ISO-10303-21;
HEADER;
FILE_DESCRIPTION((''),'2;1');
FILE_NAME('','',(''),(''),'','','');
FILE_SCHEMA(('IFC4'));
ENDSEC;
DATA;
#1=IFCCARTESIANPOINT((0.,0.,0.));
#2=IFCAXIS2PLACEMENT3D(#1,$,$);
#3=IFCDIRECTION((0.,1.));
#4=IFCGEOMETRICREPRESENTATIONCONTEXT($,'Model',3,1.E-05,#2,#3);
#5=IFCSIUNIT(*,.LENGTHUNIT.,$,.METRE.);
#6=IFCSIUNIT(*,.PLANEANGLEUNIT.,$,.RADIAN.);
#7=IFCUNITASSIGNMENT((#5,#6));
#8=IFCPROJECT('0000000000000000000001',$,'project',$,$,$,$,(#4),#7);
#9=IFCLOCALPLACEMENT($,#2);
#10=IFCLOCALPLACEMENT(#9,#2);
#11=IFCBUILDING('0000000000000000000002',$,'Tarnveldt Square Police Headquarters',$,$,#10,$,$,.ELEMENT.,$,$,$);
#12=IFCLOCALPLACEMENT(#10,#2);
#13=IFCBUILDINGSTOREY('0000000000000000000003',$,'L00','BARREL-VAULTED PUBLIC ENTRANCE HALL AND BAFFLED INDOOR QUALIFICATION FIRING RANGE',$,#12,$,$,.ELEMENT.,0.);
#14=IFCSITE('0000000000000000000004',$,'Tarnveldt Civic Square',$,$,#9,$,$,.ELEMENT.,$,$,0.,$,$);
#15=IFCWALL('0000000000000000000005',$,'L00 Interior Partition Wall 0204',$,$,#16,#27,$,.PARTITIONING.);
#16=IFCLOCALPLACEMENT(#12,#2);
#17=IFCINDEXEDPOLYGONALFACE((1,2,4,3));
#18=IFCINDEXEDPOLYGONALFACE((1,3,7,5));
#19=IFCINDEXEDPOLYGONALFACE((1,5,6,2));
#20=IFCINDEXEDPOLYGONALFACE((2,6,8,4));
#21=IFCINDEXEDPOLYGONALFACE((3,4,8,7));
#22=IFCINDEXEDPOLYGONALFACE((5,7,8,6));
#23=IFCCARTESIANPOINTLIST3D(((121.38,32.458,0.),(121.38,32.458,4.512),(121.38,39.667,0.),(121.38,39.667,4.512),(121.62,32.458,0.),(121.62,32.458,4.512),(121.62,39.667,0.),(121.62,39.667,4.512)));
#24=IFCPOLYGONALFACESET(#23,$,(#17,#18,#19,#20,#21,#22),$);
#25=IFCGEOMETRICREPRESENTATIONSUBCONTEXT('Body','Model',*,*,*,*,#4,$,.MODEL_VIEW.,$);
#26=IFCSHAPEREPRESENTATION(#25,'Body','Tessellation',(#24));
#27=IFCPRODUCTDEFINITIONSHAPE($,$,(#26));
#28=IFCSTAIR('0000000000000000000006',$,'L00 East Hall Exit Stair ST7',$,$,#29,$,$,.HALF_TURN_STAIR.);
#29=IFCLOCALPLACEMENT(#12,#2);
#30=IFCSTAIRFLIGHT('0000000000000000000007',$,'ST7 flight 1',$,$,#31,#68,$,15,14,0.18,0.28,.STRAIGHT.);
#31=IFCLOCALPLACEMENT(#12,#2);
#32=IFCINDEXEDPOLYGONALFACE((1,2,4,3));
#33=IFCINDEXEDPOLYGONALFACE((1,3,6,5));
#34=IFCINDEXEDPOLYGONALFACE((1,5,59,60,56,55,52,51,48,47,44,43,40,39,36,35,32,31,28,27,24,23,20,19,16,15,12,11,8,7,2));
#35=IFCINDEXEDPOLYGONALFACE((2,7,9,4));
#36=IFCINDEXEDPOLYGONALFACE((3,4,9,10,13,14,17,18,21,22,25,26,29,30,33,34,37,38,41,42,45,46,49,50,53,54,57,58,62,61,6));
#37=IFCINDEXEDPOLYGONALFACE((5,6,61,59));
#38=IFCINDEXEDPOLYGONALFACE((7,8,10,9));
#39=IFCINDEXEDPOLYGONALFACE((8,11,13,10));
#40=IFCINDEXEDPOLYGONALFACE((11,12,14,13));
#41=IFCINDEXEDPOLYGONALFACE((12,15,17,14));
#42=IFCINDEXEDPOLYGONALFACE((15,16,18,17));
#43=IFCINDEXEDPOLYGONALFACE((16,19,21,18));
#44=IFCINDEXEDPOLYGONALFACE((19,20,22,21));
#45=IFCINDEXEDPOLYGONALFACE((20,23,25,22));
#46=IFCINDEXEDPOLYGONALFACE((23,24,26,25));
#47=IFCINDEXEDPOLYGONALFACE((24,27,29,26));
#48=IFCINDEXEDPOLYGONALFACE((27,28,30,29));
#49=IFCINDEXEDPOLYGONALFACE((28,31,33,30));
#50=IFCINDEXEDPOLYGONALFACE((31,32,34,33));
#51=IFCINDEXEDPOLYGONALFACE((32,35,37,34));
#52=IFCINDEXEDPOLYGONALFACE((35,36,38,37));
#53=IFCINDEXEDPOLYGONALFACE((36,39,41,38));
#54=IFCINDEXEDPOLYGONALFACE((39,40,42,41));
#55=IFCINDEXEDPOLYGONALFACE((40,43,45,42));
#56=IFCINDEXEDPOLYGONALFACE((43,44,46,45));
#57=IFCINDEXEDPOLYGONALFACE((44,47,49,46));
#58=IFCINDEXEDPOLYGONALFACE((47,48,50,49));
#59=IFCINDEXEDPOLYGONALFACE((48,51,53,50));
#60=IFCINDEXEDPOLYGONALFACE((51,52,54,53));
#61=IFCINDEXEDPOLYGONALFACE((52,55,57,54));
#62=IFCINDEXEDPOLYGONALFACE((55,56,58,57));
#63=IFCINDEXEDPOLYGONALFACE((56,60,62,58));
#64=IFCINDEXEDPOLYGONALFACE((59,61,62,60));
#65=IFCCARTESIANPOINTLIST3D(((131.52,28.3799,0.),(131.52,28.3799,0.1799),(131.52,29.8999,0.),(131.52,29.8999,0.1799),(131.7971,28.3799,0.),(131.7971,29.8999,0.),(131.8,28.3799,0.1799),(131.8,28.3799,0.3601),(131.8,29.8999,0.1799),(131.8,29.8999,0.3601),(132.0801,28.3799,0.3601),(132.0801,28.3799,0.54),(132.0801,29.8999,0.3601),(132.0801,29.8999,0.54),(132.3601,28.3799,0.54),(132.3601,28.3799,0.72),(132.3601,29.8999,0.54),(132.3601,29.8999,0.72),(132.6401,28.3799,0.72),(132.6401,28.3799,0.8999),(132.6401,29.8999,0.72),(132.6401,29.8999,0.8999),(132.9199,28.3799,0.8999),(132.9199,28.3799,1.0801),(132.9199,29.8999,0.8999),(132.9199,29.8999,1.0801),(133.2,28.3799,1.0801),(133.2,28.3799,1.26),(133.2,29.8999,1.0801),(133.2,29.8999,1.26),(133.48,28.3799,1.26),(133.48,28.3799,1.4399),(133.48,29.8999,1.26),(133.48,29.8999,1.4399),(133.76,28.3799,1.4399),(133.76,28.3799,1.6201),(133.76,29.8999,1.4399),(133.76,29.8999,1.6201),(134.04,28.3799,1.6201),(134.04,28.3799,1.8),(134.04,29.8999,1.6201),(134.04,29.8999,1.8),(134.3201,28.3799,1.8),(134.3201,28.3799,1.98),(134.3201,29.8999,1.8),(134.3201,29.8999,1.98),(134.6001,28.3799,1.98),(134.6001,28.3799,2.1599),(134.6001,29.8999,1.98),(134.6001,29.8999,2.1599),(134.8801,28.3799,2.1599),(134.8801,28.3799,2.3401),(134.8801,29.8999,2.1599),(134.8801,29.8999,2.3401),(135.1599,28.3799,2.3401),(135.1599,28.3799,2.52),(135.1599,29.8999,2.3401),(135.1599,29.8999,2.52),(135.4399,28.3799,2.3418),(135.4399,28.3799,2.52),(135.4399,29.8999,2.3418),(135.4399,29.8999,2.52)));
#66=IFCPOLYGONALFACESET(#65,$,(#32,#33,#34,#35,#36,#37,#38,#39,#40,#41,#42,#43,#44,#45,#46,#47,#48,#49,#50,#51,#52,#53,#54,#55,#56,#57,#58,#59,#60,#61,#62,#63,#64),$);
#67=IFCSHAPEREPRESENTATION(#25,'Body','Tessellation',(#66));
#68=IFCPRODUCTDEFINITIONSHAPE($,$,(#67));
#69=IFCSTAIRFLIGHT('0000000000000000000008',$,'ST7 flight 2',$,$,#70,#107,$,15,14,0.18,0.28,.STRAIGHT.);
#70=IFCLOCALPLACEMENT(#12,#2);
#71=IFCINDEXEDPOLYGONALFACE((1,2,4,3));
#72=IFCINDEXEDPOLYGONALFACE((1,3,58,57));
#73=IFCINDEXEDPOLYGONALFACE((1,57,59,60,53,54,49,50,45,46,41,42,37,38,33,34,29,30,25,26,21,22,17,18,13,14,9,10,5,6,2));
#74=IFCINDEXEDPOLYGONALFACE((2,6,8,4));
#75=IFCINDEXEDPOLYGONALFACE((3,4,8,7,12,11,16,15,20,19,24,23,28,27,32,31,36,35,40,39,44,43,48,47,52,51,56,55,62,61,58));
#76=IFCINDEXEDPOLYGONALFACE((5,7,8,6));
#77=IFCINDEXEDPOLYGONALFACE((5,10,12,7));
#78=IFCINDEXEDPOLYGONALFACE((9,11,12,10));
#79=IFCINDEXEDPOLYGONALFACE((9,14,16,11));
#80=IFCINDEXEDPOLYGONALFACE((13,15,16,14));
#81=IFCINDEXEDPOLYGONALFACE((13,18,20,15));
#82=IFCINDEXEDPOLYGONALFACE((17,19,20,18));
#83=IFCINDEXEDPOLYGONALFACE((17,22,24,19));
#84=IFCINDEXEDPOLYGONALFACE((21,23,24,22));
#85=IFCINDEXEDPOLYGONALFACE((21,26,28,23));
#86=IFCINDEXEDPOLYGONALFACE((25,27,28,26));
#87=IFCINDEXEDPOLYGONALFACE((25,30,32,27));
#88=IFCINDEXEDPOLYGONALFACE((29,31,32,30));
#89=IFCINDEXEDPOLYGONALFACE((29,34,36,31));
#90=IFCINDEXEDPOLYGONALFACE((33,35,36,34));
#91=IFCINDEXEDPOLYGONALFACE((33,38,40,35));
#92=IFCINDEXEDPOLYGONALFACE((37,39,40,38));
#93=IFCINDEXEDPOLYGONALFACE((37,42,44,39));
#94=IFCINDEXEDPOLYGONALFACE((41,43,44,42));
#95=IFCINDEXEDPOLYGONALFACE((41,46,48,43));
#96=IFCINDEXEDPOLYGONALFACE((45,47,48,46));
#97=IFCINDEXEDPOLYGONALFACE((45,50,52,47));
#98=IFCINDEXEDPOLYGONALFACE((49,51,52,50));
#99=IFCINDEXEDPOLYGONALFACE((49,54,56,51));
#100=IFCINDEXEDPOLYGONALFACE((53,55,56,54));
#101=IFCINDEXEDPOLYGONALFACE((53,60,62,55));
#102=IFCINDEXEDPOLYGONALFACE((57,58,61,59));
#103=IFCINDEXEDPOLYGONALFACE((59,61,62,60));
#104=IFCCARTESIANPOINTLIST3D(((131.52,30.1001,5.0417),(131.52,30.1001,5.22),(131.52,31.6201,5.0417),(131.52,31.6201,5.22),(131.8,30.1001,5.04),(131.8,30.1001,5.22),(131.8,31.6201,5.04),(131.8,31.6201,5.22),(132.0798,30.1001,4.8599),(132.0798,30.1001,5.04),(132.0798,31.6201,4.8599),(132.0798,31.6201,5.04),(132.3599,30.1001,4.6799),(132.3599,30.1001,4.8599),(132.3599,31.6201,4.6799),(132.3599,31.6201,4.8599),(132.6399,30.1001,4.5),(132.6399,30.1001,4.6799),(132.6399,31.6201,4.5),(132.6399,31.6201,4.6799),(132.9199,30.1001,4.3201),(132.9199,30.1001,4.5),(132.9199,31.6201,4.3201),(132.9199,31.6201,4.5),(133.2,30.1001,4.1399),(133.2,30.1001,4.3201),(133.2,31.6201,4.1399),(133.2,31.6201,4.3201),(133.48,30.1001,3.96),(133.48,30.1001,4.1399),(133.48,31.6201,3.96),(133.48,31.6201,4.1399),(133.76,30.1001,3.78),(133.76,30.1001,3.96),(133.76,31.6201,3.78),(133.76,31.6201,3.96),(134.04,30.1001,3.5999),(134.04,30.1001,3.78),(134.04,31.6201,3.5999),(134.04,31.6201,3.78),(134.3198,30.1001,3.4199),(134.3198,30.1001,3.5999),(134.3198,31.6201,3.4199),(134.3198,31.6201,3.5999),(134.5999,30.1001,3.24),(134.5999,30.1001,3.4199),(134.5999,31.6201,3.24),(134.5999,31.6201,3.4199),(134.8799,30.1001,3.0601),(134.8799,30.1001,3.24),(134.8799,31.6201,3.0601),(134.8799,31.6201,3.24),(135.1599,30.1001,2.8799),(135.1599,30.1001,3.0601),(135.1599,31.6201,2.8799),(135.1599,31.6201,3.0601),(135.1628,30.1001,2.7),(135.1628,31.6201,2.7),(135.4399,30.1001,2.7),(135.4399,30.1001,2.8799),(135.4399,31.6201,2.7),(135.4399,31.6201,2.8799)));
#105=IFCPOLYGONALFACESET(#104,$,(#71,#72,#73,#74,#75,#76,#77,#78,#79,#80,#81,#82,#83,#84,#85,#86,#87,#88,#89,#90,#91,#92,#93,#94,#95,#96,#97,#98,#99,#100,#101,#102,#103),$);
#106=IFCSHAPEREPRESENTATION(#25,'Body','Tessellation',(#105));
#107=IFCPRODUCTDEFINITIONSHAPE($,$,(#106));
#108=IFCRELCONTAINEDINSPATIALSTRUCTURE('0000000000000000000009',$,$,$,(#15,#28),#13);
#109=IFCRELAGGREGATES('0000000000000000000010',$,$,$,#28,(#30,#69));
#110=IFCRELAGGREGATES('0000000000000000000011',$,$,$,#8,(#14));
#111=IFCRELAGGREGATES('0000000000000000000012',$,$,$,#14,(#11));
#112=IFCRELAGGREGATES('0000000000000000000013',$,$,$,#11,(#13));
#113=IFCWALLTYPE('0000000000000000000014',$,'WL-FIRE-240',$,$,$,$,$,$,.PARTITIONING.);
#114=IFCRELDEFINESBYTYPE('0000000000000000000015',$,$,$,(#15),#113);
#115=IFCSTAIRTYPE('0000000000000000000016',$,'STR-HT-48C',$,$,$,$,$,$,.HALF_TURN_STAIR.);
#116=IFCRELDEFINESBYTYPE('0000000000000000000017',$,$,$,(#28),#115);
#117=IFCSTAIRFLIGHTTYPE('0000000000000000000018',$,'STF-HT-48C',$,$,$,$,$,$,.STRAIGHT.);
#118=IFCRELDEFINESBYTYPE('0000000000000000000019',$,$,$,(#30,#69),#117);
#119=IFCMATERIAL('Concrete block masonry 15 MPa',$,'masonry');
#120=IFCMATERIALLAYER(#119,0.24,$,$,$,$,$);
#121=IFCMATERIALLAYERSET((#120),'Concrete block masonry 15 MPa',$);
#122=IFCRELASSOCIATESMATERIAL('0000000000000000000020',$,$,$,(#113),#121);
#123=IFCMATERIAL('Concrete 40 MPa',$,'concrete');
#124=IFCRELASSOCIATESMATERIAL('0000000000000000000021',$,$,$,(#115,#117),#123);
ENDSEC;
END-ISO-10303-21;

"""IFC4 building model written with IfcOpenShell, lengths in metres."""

from ifc_helpers import new_model, si_unit, direction, frame, frame_2d, origin, place, context, subcontext, project, spatial, polyline, rectangle, outline, extrude, material, layer, layer_set, type_object, element, aggregate, save


model = new_model("IFC4")

# Units and contexts
model_context = context("Model", 3, precision=1e-05, world=origin(), true_north=direction((0.0, 1.0)))
body_context = subcontext(model_context, "Body", "Model", "MODEL_VIEW")
ifc_project = project(units=[si_unit("LENGTHUNIT", "METRE"), si_unit("PLANEANGLEUNIT", "RADIAN")], contexts=[model_context])

# Site, building, storey
site_placement = place(None, origin())
site = spatial("IfcSite", under=ifc_project, at=site_placement, Name="Tarnveldt Civic Square", CompositionType="ELEMENT", RefElevation=0.0)
building_placement = place(site_placement, origin())
building = spatial("IfcBuilding", under=site, at=building_placement, Name="Tarnveldt Square Police Headquarters", CompositionType="ELEMENT")
storey_placement = place(building_placement, origin())
storey = spatial("IfcBuildingStorey", under=building, at=storey_placement, Name="L00", Description="BARREL-VAULTED PUBLIC ENTRANCE HALL AND BAFFLED INDOOR QUALIFICATION FIRING RANGE", CompositionType="ELEMENT", Elevation=0.0)

# Shared definitions
ifc_material_1 = material(Name="Concrete 40 MPa", Category="concrete")

# Shared definitions
ifc_material_2 = material(Name="Concrete block masonry 15 MPa", Category="masonry")
ifc_layer_1 = layer(ifc_material_2, 0.24)
ifc_layer_set_1 = layer_set([ifc_layer_1], Name="Concrete block masonry 15 MPa")
wall_type_1 = type_object("IfcWallType", Name="WL-FIRE-240", PredefinedType="PARTITIONING", material=ifc_layer_set_1)

# Wall
wall_1_placement = place(storey_placement, frame((121.5, 32.458, 0.0), z_axis=(0.0, 0.0, 1.0), x_axis=(0.0, 1.0, 0.0)))
element("IfcWall", 1, at=wall_1_placement, inside=storey, type_object=wall_type_1, Name="L00 Interior Partition Wall 0204", PredefinedType="PARTITIONING", context=body_context, shape_type="SweptSolid", body=[
    extrude(rectangle(XDim=7.209, YDim=0.24, at=frame_2d((3.6045, 0.0))), origin(), (0.0, 0.0, 1.0), 4.512),
])

# Stair, stair flights
stair_type = type_object("IfcStairType", Name="STR-HT-48C", PredefinedType="HALF_TURN_STAIR", material=ifc_material_1)
stair_placement = place(storey_placement, origin())
stair = element("IfcStair", 2, at=stair_placement, inside=storey, type_object=stair_type, Name="L00 East Hall Exit Stair ST7", PredefinedType="HALF_TURN_STAIR")
stair_flight_type = type_object("IfcStairFlightType", Name="STF-HT-48C", PredefinedType="STRAIGHT", material=ifc_material_1)
stair_flight_1_placement = place(storey_placement, frame((131.52, 29.1399, 0.0), z_axis=(0.0, 0.0, 1.0), x_axis=(1.0, 0.0, 0.0)))
stair_flight_1 = element("IfcStairFlight", 3, at=stair_flight_1_placement, type_object=stair_flight_type, Name="ST7 flight 1", NumberOfRisers=15, NumberOfTreads=14, PredefinedType="STRAIGHT", RiserHeight=0.18, TreadLength=0.28, context=body_context, shape_type="SweptSolid", body=[
    extrude(outline(polyline([(0.0, 0.0), (0.0, 0.1799), (0.28, 0.1799), (0.28, 0.3601), (0.5601, 0.3601), (0.5601, 0.54), (0.8401, 0.54), (0.8401, 0.72), (1.1201, 0.72), (1.1201, 0.8999), (1.3999, 0.8999), (1.3999, 1.0801), (1.6799, 1.0801), (1.6799, 1.26), (1.96, 1.26), (1.96, 1.4399), (2.24, 1.4399), (2.24, 1.6201), (2.52, 1.6201), (2.52, 1.8), (2.8, 1.8), (2.8, 1.98), (3.0801, 1.98), (3.0801, 2.1599), (3.3601, 2.1599), (3.3601, 2.3401), (3.6399, 2.3401), (3.6399, 2.52), (3.9199, 2.52), (3.9199, 2.7), (3.9199, 2.3418), (0.2771, 0.0), (0.0, 0.0)])), frame((0.0, 0.76, 0.0), z_axis=(0.0, -1.0, 0.0), x_axis=(1.0, 0.0, 0.0)), (0.0, 0.0, 1.0), 1.52),
])
stair_flight_2_placement = place(storey_placement, frame((135.4399, 30.8601, 2.7), z_axis=(0.0, 0.0, 1.0), x_axis=(-1.0, 0.0, 0.0)))
stair_flight_2 = element("IfcStairFlight", 4, at=stair_flight_2_placement, type_object=stair_flight_type, Name="ST7 flight 2", NumberOfRisers=15, NumberOfTreads=14, PredefinedType="STRAIGHT", RiserHeight=0.18, TreadLength=0.28, context=body_context, shape_type="SweptSolid", body=[
    extrude(outline(polyline([(0.0, 0.0), (0.0, 0.1799), (0.28, 0.1799), (0.28, 0.3601), (0.5601, 0.3601), (0.5601, 0.54), (0.8401, 0.54), (0.8401, 0.72), (1.1201, 0.72), (1.1201, 0.8999), (1.3999, 0.8999), (1.3999, 1.0801), (1.6799, 1.0801), (1.6799, 1.26), (1.96, 1.26), (1.96, 1.4399), (2.24, 1.4399), (2.24, 1.6201), (2.52, 1.6201), (2.52, 1.8), (2.8, 1.8), (2.8, 1.98), (3.0801, 1.98), (3.0801, 2.1599), (3.3601, 2.1599), (3.3601, 2.3401), (3.6399, 2.3401), (3.6399, 2.52), (3.9199, 2.52), (3.9199, 2.7), (3.9199, 2.3418), (0.2771, 0.0), (0.0, 0.0)])), frame((0.0, 0.76, 0.0), z_axis=(0.0, -1.0, 0.0), x_axis=(1.0, 0.0, 0.0)), (0.0, 0.0, 1.0), 1.52),
])
aggregate(stair, [stair_flight_1, stair_flight_2])

save(model, "model.ifc")
